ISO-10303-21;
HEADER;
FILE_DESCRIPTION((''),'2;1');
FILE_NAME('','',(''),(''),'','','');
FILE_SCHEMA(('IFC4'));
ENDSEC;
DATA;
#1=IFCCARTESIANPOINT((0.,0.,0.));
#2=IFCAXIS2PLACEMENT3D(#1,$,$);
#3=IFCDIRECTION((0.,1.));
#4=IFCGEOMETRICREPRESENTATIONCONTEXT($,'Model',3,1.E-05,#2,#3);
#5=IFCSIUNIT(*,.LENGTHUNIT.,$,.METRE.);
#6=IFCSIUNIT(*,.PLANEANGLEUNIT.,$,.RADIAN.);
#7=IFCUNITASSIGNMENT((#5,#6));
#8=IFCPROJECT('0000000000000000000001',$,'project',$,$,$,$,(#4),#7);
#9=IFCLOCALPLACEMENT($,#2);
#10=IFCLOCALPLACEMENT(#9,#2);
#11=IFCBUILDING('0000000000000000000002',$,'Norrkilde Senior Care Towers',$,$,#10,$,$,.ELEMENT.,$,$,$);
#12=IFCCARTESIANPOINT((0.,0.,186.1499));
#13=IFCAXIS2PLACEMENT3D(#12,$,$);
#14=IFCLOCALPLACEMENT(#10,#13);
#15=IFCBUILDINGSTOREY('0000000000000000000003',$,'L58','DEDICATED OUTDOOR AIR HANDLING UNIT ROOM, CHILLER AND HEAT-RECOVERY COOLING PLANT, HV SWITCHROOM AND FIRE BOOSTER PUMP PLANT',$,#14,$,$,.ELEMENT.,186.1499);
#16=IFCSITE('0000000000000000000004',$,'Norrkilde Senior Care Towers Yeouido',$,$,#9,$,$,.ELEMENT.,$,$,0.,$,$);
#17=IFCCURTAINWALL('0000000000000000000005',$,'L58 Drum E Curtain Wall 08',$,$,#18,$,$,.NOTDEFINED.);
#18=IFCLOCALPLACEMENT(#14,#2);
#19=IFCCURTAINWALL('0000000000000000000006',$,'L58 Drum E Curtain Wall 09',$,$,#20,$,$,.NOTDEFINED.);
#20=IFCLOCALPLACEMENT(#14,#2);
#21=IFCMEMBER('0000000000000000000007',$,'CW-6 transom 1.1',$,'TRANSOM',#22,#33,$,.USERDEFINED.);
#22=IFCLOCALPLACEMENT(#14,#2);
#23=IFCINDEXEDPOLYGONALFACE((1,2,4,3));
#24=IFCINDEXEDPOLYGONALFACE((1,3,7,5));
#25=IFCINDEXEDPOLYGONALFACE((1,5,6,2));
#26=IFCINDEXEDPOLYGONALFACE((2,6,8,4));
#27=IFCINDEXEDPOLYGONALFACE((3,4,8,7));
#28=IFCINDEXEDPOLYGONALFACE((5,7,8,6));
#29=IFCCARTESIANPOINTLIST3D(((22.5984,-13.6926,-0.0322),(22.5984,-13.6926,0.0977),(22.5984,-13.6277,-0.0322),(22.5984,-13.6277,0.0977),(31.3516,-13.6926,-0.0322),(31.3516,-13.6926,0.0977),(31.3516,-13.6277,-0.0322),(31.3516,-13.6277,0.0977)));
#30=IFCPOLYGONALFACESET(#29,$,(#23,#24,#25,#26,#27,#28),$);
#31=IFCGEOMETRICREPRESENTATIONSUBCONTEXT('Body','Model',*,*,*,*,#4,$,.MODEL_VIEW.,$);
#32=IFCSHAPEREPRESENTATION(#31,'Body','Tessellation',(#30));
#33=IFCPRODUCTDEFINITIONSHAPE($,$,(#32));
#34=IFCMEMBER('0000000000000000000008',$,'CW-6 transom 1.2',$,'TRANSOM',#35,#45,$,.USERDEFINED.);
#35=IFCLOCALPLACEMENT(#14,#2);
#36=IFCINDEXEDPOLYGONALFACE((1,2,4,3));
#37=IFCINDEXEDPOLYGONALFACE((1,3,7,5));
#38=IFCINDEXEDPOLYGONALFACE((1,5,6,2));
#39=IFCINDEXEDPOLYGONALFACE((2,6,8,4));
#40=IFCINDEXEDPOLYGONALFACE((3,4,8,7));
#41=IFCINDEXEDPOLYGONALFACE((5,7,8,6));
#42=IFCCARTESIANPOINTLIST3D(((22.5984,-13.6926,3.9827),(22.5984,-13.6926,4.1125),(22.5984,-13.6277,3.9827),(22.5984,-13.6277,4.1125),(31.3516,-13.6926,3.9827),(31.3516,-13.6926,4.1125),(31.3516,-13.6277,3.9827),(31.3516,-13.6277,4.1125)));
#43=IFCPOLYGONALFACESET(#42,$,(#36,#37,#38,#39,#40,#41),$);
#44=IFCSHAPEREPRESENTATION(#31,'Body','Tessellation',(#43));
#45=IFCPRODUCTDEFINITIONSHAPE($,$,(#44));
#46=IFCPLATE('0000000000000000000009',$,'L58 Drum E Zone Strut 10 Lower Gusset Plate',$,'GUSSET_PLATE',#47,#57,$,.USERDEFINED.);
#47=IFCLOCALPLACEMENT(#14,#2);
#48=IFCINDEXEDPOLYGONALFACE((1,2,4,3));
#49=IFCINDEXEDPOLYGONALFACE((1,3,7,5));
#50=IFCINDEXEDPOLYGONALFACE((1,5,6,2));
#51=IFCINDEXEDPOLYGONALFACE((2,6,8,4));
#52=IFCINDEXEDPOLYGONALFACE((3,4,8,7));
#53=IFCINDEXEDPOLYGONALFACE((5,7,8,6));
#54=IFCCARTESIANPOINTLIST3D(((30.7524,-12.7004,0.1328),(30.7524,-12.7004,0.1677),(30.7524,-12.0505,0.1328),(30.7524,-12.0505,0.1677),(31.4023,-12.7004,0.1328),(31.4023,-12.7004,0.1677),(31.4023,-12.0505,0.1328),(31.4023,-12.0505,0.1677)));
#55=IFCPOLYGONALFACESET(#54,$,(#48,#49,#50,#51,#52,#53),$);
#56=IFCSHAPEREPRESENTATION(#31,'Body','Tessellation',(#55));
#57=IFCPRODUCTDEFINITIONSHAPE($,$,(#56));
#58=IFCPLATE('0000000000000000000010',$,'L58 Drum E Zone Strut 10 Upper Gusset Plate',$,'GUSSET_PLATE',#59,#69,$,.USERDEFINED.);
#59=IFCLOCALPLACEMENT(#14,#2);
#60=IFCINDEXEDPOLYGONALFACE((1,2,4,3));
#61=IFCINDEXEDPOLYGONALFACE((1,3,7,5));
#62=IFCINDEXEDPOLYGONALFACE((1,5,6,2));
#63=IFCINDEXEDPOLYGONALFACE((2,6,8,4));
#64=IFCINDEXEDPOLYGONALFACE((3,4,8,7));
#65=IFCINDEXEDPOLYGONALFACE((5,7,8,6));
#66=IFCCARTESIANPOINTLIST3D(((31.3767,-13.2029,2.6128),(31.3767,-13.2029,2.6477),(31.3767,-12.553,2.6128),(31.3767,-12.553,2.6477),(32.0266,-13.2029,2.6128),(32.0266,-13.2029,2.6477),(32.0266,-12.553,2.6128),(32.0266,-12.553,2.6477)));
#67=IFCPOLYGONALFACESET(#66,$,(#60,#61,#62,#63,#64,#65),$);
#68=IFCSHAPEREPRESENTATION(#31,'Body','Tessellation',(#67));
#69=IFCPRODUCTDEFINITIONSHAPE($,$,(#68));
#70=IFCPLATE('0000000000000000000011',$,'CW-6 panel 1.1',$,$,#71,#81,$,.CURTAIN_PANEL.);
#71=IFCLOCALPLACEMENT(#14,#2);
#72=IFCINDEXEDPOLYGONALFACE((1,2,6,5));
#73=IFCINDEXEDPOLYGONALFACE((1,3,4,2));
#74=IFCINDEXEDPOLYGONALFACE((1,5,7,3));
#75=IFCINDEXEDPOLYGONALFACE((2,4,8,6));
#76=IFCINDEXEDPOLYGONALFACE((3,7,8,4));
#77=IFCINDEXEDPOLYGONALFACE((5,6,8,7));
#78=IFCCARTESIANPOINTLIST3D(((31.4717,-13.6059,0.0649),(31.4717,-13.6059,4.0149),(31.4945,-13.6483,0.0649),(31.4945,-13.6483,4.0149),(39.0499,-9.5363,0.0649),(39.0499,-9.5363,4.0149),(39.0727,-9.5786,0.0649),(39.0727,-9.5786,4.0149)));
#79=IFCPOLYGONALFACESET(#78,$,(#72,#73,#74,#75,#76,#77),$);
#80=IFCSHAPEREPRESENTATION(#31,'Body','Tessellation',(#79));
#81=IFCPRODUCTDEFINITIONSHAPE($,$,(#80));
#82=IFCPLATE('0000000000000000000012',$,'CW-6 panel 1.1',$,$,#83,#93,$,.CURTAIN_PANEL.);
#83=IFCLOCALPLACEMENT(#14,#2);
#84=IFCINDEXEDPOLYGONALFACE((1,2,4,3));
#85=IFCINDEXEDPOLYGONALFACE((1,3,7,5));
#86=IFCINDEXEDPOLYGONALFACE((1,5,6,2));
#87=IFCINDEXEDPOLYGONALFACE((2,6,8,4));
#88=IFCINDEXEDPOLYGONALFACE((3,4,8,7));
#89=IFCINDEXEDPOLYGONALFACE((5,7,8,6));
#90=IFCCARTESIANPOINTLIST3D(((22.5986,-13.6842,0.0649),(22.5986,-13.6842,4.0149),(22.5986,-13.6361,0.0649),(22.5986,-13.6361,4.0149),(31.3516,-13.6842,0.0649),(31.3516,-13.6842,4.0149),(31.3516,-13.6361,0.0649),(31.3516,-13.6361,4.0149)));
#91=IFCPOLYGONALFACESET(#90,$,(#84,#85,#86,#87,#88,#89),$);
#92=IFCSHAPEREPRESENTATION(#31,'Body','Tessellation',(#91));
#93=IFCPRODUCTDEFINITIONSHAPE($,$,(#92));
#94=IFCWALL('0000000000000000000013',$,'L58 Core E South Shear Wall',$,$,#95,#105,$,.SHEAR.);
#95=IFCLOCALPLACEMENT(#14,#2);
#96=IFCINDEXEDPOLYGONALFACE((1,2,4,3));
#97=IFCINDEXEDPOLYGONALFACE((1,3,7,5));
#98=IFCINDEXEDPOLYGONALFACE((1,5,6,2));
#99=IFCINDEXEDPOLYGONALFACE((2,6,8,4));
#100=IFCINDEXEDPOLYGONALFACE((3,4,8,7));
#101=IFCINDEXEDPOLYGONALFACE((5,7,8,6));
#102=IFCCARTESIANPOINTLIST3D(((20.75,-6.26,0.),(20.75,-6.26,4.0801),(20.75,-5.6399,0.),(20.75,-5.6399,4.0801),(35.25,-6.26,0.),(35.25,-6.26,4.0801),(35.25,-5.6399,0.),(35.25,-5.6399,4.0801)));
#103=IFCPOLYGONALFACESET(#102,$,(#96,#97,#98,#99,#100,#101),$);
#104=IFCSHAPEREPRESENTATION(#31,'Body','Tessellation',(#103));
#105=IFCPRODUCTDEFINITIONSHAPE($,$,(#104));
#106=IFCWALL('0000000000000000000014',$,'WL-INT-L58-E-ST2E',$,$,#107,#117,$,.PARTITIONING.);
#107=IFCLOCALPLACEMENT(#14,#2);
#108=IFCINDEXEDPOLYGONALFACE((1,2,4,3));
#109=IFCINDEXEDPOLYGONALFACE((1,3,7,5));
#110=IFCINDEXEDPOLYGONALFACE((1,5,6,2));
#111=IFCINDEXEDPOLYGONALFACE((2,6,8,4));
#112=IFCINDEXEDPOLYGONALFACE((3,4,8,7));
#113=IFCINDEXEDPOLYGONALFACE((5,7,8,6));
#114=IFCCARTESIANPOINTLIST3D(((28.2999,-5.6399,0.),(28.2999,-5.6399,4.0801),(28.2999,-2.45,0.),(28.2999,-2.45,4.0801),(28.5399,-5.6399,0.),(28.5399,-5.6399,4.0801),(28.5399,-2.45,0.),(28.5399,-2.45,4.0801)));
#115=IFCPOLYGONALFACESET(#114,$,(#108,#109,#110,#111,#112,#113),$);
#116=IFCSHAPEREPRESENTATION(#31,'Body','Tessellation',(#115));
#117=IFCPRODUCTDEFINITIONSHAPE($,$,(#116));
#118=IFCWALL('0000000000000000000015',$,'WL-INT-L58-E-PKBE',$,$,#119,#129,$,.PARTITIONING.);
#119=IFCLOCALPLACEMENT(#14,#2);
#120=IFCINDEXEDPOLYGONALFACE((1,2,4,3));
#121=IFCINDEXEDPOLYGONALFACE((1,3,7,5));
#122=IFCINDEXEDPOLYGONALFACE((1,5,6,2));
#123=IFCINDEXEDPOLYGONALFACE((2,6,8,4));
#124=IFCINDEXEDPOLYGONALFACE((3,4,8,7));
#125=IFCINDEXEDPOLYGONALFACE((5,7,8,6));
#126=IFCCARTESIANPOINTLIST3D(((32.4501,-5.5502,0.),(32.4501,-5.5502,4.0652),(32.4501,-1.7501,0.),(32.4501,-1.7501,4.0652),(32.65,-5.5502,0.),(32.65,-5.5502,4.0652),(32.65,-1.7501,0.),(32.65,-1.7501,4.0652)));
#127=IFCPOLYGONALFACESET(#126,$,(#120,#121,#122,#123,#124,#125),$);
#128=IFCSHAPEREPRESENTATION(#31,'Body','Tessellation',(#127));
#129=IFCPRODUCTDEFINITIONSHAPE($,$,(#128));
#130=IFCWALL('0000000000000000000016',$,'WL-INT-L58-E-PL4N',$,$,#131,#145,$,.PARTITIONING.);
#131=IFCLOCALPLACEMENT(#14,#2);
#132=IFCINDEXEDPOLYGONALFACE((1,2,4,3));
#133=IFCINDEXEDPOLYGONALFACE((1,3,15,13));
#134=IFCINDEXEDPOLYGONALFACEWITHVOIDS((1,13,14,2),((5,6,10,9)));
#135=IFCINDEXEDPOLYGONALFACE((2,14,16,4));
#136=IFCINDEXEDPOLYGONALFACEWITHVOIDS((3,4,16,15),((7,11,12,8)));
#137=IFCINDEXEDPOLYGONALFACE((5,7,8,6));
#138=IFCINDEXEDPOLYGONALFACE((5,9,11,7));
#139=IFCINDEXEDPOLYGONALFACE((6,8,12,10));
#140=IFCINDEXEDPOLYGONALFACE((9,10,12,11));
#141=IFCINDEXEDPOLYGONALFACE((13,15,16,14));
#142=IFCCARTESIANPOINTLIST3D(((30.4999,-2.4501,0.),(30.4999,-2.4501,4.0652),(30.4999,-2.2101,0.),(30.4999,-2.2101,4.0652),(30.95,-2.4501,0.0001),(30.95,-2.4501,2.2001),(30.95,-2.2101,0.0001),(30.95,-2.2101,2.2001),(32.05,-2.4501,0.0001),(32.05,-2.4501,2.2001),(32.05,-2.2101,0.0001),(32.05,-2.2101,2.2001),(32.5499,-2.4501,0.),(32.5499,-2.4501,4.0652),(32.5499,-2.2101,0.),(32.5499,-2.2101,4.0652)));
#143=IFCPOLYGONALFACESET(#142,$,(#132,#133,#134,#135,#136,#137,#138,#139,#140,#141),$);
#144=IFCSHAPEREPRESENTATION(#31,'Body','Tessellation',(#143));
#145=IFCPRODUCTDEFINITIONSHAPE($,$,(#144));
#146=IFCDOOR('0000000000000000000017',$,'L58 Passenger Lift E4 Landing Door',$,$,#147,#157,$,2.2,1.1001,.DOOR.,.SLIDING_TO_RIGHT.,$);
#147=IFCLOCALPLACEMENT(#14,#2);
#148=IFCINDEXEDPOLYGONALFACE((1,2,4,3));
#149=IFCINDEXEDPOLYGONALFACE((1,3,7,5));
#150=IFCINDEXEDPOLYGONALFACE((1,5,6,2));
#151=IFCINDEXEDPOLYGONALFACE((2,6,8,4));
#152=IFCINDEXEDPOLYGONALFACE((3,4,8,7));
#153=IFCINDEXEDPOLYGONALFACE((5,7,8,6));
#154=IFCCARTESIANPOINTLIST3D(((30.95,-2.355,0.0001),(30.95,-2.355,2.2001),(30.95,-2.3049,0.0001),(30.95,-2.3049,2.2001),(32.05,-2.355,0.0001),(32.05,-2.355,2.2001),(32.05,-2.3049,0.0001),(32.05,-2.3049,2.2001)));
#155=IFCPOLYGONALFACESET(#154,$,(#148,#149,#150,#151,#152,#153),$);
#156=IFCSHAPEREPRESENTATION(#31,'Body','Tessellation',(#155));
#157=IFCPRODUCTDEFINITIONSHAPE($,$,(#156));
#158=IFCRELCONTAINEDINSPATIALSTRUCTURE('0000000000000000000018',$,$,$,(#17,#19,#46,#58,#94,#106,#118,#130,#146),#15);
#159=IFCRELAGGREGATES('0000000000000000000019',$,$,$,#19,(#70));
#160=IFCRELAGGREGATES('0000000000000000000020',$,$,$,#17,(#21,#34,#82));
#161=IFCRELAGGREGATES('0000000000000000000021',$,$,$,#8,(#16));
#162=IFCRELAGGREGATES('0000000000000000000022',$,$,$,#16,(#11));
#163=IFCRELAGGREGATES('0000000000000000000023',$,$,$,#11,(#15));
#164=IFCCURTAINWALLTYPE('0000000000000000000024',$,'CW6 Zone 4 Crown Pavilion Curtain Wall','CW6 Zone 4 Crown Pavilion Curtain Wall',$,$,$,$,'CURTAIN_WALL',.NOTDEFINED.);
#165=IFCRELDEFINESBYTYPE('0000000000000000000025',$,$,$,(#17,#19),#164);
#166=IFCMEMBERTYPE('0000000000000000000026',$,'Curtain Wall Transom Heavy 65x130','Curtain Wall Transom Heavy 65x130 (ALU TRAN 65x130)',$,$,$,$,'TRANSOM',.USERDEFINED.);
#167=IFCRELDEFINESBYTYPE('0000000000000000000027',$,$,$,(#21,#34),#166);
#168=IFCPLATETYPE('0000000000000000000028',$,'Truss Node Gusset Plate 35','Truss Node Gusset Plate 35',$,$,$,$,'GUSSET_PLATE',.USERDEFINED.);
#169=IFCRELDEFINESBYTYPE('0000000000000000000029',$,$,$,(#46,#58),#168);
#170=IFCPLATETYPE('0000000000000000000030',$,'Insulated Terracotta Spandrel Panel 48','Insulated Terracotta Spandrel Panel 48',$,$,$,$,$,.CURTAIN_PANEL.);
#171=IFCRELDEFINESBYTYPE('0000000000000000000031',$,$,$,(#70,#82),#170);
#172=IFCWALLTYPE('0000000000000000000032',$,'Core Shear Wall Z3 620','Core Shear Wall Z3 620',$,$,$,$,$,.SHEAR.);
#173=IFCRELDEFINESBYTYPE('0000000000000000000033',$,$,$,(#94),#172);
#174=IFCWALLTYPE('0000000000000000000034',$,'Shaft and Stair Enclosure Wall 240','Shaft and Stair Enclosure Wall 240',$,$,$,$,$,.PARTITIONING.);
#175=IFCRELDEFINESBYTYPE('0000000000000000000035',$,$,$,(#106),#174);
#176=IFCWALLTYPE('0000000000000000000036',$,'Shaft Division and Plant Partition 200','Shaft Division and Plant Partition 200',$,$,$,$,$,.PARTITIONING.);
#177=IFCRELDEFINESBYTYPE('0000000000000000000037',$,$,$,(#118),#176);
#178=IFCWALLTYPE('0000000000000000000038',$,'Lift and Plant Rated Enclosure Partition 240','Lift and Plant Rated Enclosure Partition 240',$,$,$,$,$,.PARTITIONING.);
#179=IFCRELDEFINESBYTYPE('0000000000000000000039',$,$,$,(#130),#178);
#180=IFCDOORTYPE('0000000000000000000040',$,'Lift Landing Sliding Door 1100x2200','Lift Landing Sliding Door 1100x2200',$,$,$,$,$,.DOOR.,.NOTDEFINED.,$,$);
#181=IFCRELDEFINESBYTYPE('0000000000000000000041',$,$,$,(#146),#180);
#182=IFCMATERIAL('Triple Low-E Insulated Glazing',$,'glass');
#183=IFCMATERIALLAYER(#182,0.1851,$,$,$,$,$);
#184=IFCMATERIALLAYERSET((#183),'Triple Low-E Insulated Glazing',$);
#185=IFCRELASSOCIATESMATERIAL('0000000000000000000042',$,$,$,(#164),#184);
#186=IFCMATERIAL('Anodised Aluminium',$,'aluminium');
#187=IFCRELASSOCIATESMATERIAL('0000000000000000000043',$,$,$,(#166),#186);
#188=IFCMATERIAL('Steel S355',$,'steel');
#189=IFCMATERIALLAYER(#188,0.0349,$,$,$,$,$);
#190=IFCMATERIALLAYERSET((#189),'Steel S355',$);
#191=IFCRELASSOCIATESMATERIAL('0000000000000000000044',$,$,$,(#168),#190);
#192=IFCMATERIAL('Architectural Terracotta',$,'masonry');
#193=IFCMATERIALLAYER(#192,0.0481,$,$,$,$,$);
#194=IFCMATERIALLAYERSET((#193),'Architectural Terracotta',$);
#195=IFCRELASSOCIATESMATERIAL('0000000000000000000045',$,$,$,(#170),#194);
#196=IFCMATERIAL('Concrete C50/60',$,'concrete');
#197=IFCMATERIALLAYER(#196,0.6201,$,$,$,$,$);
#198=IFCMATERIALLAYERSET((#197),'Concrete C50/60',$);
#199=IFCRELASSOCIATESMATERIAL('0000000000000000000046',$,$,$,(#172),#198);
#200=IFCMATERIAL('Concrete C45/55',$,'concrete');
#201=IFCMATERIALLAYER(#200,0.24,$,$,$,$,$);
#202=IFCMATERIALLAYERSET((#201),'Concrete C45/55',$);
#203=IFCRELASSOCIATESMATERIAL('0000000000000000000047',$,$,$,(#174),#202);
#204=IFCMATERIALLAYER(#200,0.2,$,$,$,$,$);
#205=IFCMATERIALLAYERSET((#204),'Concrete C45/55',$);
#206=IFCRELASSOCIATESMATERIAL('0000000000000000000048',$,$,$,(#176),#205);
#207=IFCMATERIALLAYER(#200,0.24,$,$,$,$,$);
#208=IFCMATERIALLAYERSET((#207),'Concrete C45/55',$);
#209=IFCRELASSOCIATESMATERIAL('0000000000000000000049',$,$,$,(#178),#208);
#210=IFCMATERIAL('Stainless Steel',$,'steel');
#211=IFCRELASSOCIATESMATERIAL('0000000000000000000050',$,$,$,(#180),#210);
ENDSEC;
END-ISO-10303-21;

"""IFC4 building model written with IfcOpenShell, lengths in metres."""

from ifc_helpers import new_model, si_unit, direction, frame, frame_2d, origin, origin_2d, place, context, subcontext, project, spatial, rectangle, extrude, source, transform, mapped, material, layer, layer_set, material_profile, profile_set, type_object, type_shapes, element, fill, aggregate, save


model = new_model("IFC4")

# Units and contexts
model_context = context("Model", 3, precision=1e-05, world=origin(), true_north=direction((0.0, 1.0)))
body_context = subcontext(model_context, "Body", "Model", "MODEL_VIEW")
ifc_project = project(units=[si_unit("LENGTHUNIT", "METRE"), si_unit("PLANEANGLEUNIT", "RADIAN")], contexts=[model_context])

# Site, building, storey
site_placement = place(None, origin())
site = spatial("IfcSite", under=ifc_project, at=site_placement, Name="Norrkilde Senior Care Towers Yeouido", CompositionType="ELEMENT", RefElevation=0.0)
building_placement = place(site_placement, origin())
building = spatial("IfcBuilding", under=site, at=building_placement, Name="Norrkilde Senior Care Towers", CompositionType="ELEMENT")
storey_placement = place(building_placement, frame((0.0, 0.0, 186.1499)))
storey = spatial("IfcBuildingStorey", under=building, at=storey_placement, Name="L58", Description="DEDICATED OUTDOOR AIR HANDLING UNIT ROOM, CHILLER AND HEAT-RECOVERY COOLING PLANT, HV SWITCHROOM AND FIRE BOOSTER PUMP PLANT", CompositionType="ELEMENT", Elevation=186.1499)

# Shared definitions
ifc_material_1 = material(Name="Concrete C50/60", Category="concrete")

# Shared definitions
ifc_material_2 = material(Name="Steel S355", Category="steel")

# Curtain walls
ifc_material_3 = material(Name="Triple Low-E Insulated Glazing", Category="glass")
ifc_layer_1 = layer(ifc_material_3, 0.1851)
ifc_layer_set_1 = layer_set([ifc_layer_1], Name="Triple Low-E Insulated Glazing")
curtain_wall_type = type_object("IfcCurtainWallType", Name="CW6 Zone 4 Crown Pavilion Curtain Wall", Description="CW6 Zone 4 Crown Pavilion Curtain Wall", ElementType="CURTAIN_WALL", PredefinedType="NOTDEFINED", material=ifc_layer_set_1)
curtain_wall_1_placement = place(storey_placement, origin())
curtain_wall_1 = element("IfcCurtainWall", 1, at=curtain_wall_1_placement, inside=storey, type_object=curtain_wall_type, Name="L58 Drum E Curtain Wall 08", PredefinedType="NOTDEFINED")
ifc_material_4 = material(Name="Anodised Aluminium", Category="aluminium")
curtain_wall_2_placement = place(storey_placement, origin())
curtain_wall_2 = element("IfcCurtainWall", 2, at=curtain_wall_2_placement, inside=storey, type_object=curtain_wall_type, Name="L58 Drum E Curtain Wall 09", PredefinedType="NOTDEFINED")

# Members
ifc_material_profile_1 = material_profile(ifc_material_4, rectangle(XDim=0.0649, YDim=0.1299, at=origin_2d()), Name="ALU TRAN 65x130")
ifc_profile_set_1 = profile_set([ifc_material_profile_1], Name="Anodised Aluminium")
member_type_1 = type_object("IfcMemberType", Name="Curtain Wall Transom Heavy 65x130", Description="Curtain Wall Transom Heavy 65x130 (ALU TRAN 65x130)", ElementType="TRANSOM", PredefinedType="USERDEFINED", material=ifc_profile_set_1)
shared_shape_1 = source(origin(), body_context, "Body", "SweptSolid", [
    extrude(rectangle(XDim=0.0649, YDim=0.1299, at=origin_2d()), origin(), (0.0, 0.0, 1.0), 8.7532),
])
type_shapes(member_type_1, [shared_shape_1])
member_1_placement = place(storey_placement, frame((31.3516, -13.6602, 0.0327), z_axis=(-1.0, 0.0, 0.0), x_axis=(0.0, -1.0, 0.0)))
member_1 = element("IfcMember", 3, at=member_1_placement, type_object=member_type_1, Name="CW-6 transom 1.1", ObjectType="TRANSOM", PredefinedType="USERDEFINED", context=body_context, shape_type="MappedRepresentation", body=[
    mapped(shared_shape_1, transform((0.0, 0.0, 0.0), x_axis=(1.0, 0.0, 0.0), y_axis=(0.0, 1.0, 0.0), z_axis=(0.0, 0.0, 1.0), scale=1.0)),
])
member_2_placement = place(storey_placement, frame((31.3516, -13.6602, 4.0476), z_axis=(-1.0, 0.0, 0.0), x_axis=(0.0, -1.0, 0.0)))
member_2 = element("IfcMember", 4, at=member_2_placement, type_object=member_type_1, Name="CW-6 transom 1.2", ObjectType="TRANSOM", PredefinedType="USERDEFINED", context=body_context, shape_type="MappedRepresentation", body=[
    mapped(shared_shape_1, transform((0.0, 0.0, 0.0), x_axis=(1.0, 0.0, 0.0), y_axis=(0.0, 1.0, 0.0), z_axis=(0.0, 0.0, 1.0), scale=1.0)),
])

# Plates
ifc_layer_2 = layer(ifc_material_2, 0.0349)
ifc_layer_set_2 = layer_set([ifc_layer_2], Name="Steel S355")
plate_type_1 = type_object("IfcPlateType", Name="Truss Node Gusset Plate 35", Description="Truss Node Gusset Plate 35", ElementType="GUSSET_PLATE", PredefinedType="USERDEFINED", material=ifc_layer_set_2)
shared_shape_2 = source(origin(), body_context, "Body", "SweptSolid", [
    extrude(rectangle(XDim=0.6499, YDim=0.6499, at=origin_2d()), origin(), (0.0, 0.0, 1.0), 0.0349),
])
type_shapes(plate_type_1, [shared_shape_2])
for number, where, z_axis, x_axis, name in (
    (5, (31.0774, -12.3755, 0.1328), (0.0, 0.0, 1.0), (1.0, 0.0, 0.0), "L58 Drum E Zone Strut 10 Lower Gusset Plate"),
    (6, (31.7017, -12.8779, 2.6128), (0.0, 0.0, 1.0), (1.0, 0.0, 0.0), "L58 Drum E Zone Strut 10 Upper Gusset Plate"),
):
    element("IfcPlate", number, at=place(storey_placement, frame(where, z_axis=z_axis, x_axis=x_axis)), inside=storey, type_object=plate_type_1, Name=name, ObjectType="GUSSET_PLATE", PredefinedType="USERDEFINED", context=body_context, shape_type="MappedRepresentation", body=[
        mapped(shared_shape_2, transform((0.0, 0.0, 0.0), x_axis=(1.0, 0.0, 0.0), y_axis=(0.0, 1.0, 0.0), z_axis=(0.0, 0.0, 1.0), scale=1.0)),
    ])

# Plates
ifc_material_5 = material(Name="Architectural Terracotta", Category="masonry")
ifc_layer_3 = layer(ifc_material_5, 0.0481)
ifc_layer_set_3 = layer_set([ifc_layer_3], Name="Architectural Terracotta")
plate_type_2 = type_object("IfcPlateType", Name="Insulated Terracotta Spandrel Panel 48", Description="Insulated Terracotta Spandrel Panel 48", PredefinedType="CURTAIN_PANEL", material=ifc_layer_set_3)
shared_shape_3 = source(origin(), body_context, "Body", "SweptSolid", [
    extrude(rectangle(XDim=8.6018, YDim=0.0481, at=origin_2d()), origin(), (0.0, 0.0, 1.0), 3.95),
])
plate_1_placement = place(storey_placement, frame((35.2722, -11.5923, 0.0649), z_axis=(0.0, 0.0, 1.0), x_axis=(-0.881, -0.473117, 0.0)))
plate_1 = element("IfcPlate", 7, at=plate_1_placement, type_object=plate_type_2, Name="CW-6 panel 1.1", PredefinedType="CURTAIN_PANEL", context=body_context, shape_type="MappedRepresentation", body=[
    mapped(shared_shape_3, transform((0.0, 0.0, 0.0), x_axis=(1.0, 0.0, 0.0), y_axis=(0.0, 1.0, 0.0), z_axis=(0.0, 0.0, 1.0), scale=1.0)),
])
aggregate(curtain_wall_2, [plate_1])
shared_shape_4 = source(origin(), body_context, "Body", "SweptSolid", [
    extrude(rectangle(XDim=8.7529, YDim=0.0481, at=origin_2d()), origin(), (0.0, 0.0, 1.0), 3.95),
])
type_shapes(plate_type_2, [shared_shape_3, shared_shape_4])
plate_2_placement = place(storey_placement, frame((26.9751, -13.6602, 0.0649), z_axis=(0.0, 0.0, 1.0), x_axis=(-1.0, 0.0, 0.0)))
plate_2 = element("IfcPlate", 8, at=plate_2_placement, type_object=plate_type_2, Name="CW-6 panel 1.1", PredefinedType="CURTAIN_PANEL", context=body_context, shape_type="MappedRepresentation", body=[
    mapped(shared_shape_4, transform((0.0, 0.0, 0.0), x_axis=(1.0, 0.0, 0.0), y_axis=(0.0, 1.0, 0.0), z_axis=(0.0, 0.0, 1.0), scale=1.0)),
])
aggregate(curtain_wall_1, [member_1, member_2, plate_2])

# Walls
ifc_layer_4 = layer(ifc_material_1, 0.6201)
ifc_layer_set_4 = layer_set([ifc_layer_4], Name="Concrete C50/60")
wall_type_1 = type_object("IfcWallType", Name="Core Shear Wall Z3 620", Description="Core Shear Wall Z3 620", PredefinedType="SHEAR", material=ifc_layer_set_4)
shared_shape_5 = source(origin(), body_context, "Body", "SweptSolid", [
    extrude(rectangle(XDim=14.5, YDim=0.6201, at=frame_2d((7.25, 0.0))), origin(), (0.0, 0.0, 1.0), 4.0801),
])
type_shapes(wall_type_1, [shared_shape_5])
wall_1_placement = place(storey_placement, frame((35.25, -5.95, 0.0), z_axis=(0.0, 0.0, 1.0), x_axis=(-1.0, 0.0, 0.0)))
element("IfcWall", 9, at=wall_1_placement, inside=storey, type_object=wall_type_1, Name="L58 Core E South Shear Wall", PredefinedType="SHEAR", context=body_context, shape_type="MappedRepresentation", body=[
    mapped(shared_shape_5, transform((0.0, 0.0, 0.0), x_axis=(1.0, 0.0, 0.0), y_axis=(0.0, 1.0, 0.0), z_axis=(0.0, 0.0, 1.0), scale=1.0)),
])
ifc_material_6 = material(Name="Concrete C45/55", Category="concrete")
ifc_layer_5 = layer(ifc_material_6, 0.24)
ifc_layer_set_5 = layer_set([ifc_layer_5], Name="Concrete C45/55")
wall_type_2 = type_object("IfcWallType", Name="Shaft and Stair Enclosure Wall 240", Description="Shaft and Stair Enclosure Wall 240", PredefinedType="PARTITIONING", material=ifc_layer_set_5)
shared_shape_6 = source(origin(), body_context, "Body", "SweptSolid", [
    extrude(rectangle(XDim=3.1899, YDim=0.24, at=frame_2d((1.595, 0.0))), origin(), (0.0, 0.0, 1.0), 4.0801),
])
type_shapes(wall_type_2, [shared_shape_6])
wall_2_placement = place(storey_placement, frame((28.4199, -5.6399, 0.0), z_axis=(0.0, 0.0, 1.0), x_axis=(0.0, 1.0, 0.0)))
element("IfcWall", 10, at=wall_2_placement, inside=storey, type_object=wall_type_2, Name="WL-INT-L58-E-ST2E", PredefinedType="PARTITIONING", context=body_context, shape_type="MappedRepresentation", body=[
    mapped(shared_shape_6, transform((0.0, 0.0, 0.0), x_axis=(1.0, 0.0, 0.0), y_axis=(0.0, 1.0, 0.0), z_axis=(0.0, 0.0, 1.0), scale=1.0)),
])
ifc_layer_6 = layer(ifc_material_6, 0.2)
ifc_layer_set_6 = layer_set([ifc_layer_6], Name="Concrete C45/55")
wall_type_3 = type_object("IfcWallType", Name="Shaft Division and Plant Partition 200", Description="Shaft Division and Plant Partition 200", PredefinedType="PARTITIONING", material=ifc_layer_set_6)
shared_shape_7 = source(origin(), body_context, "Body", "SweptSolid", [
    extrude(rectangle(XDim=3.8, YDim=0.2, at=frame_2d((1.8999, 0.0))), origin(), (0.0, 0.0, 1.0), 4.0652),
])
type_shapes(wall_type_3, [shared_shape_7])
wall_3_placement = place(storey_placement, frame((32.55, -5.55, 0.0), z_axis=(0.0, 0.0, 1.0), x_axis=(0.0, 1.0, 0.0)))
element("IfcWall", 11, at=wall_3_placement, inside=storey, type_object=wall_type_3, Name="WL-INT-L58-E-PKBE", PredefinedType="PARTITIONING", context=body_context, shape_type="MappedRepresentation", body=[
    mapped(shared_shape_7, transform((0.0, 0.0, 0.0), x_axis=(1.0, 0.0, 0.0), y_axis=(0.0, 1.0, 0.0), z_axis=(0.0, 0.0, 1.0), scale=1.0)),
])

# Wall, opening, door
ifc_layer_7 = layer(ifc_material_6, 0.24)
ifc_layer_set_7 = layer_set([ifc_layer_7], Name="Concrete C45/55")
wall_type_4 = type_object("IfcWallType", Name="Lift and Plant Rated Enclosure Partition 240", Description="Lift and Plant Rated Enclosure Partition 240", PredefinedType="PARTITIONING", material=ifc_layer_set_7)
shared_shape_8 = source(origin(), body_context, "Body", "SweptSolid", [
    extrude(rectangle(XDim=2.05, YDim=0.24, at=frame_2d((1.0249, 0.0))), origin(), (0.0, 0.0, 1.0), 4.0652),
])
type_shapes(wall_type_4, [shared_shape_8])
wall_4_placement = place(storey_placement, frame((30.5, -2.3301, 0.0), z_axis=(0.0, 0.0, 1.0), x_axis=(1.0, 0.0, 0.0)))
wall_4 = element("IfcWall", 12, at=wall_4_placement, inside=storey, type_object=wall_type_4, Name="WL-INT-L58-E-PL4N", PredefinedType="PARTITIONING", context=body_context, shape_type="MappedRepresentation", body=[
    mapped(shared_shape_8, transform((0.0, 0.0, 0.0), x_axis=(1.0, 0.0, 0.0), y_axis=(0.0, 1.0, 0.0), z_axis=(0.0, 0.0, 1.0), scale=1.0)),
])
opening_1_placement = place(wall_4_placement, frame((0.45, 0.0, 0.0)))
opening_1 = element("IfcOpeningElement", 13, at=opening_1_placement, cuts=wall_4, PredefinedType="OPENING", context=body_context, shape_type="SweptSolid", body=[
    extrude(rectangle(XDim=1.1001, YDim=2.2, at=frame_2d((0.55, 1.1001))), frame((0.0, 0.1299, 0.0), z_axis=(0.0, -1.0, 0.0), x_axis=(1.0, 0.0, 0.0)), (0.0, 0.0, 1.0), 0.26),
])
ifc_material_7 = material(Name="Stainless Steel", Category="steel")
door_type_1 = type_object("IfcDoorType", Name="Lift Landing Sliding Door 1100x2200", Description="Lift Landing Sliding Door 1100x2200", OperationType="NOTDEFINED", PredefinedType="DOOR", material=ifc_material_7)
shared_shape_9 = source(origin(), body_context, "Body", "SweptSolid", [
    extrude(rectangle(XDim=1.1001, YDim=2.2, at=frame_2d((0.55, 1.1001))), frame((0.0, 0.0249, 0.0), z_axis=(0.0, -1.0, 0.0), x_axis=(1.0, 0.0, 0.0)), (0.0, 0.0, 1.0), 0.05),
])
type_shapes(door_type_1, [shared_shape_9])
door_1_placement = place(opening_1_placement, frame((1.1001, 0.0, 0.0), z_axis=(0.0, 0.0, 1.0), x_axis=(-1.0, 0.0, 0.0)))
door_1 = element("IfcDoor", 14, at=door_1_placement, inside=storey, type_object=door_type_1, Name="L58 Passenger Lift E4 Landing Door", OperationType="SLIDING_TO_RIGHT", OverallHeight=2.2, OverallWidth=1.1001, PredefinedType="DOOR", context=body_context, shape_type="MappedRepresentation", body=[
    mapped(shared_shape_9, transform((0.0, 0.0, 0.0), x_axis=(1.0, 0.0, 0.0), y_axis=(0.0, 1.0, 0.0), z_axis=(0.0, 0.0, 1.0), scale=1.0)),
])
fill(opening_1, door_1)

save(model, "model.ifc")
